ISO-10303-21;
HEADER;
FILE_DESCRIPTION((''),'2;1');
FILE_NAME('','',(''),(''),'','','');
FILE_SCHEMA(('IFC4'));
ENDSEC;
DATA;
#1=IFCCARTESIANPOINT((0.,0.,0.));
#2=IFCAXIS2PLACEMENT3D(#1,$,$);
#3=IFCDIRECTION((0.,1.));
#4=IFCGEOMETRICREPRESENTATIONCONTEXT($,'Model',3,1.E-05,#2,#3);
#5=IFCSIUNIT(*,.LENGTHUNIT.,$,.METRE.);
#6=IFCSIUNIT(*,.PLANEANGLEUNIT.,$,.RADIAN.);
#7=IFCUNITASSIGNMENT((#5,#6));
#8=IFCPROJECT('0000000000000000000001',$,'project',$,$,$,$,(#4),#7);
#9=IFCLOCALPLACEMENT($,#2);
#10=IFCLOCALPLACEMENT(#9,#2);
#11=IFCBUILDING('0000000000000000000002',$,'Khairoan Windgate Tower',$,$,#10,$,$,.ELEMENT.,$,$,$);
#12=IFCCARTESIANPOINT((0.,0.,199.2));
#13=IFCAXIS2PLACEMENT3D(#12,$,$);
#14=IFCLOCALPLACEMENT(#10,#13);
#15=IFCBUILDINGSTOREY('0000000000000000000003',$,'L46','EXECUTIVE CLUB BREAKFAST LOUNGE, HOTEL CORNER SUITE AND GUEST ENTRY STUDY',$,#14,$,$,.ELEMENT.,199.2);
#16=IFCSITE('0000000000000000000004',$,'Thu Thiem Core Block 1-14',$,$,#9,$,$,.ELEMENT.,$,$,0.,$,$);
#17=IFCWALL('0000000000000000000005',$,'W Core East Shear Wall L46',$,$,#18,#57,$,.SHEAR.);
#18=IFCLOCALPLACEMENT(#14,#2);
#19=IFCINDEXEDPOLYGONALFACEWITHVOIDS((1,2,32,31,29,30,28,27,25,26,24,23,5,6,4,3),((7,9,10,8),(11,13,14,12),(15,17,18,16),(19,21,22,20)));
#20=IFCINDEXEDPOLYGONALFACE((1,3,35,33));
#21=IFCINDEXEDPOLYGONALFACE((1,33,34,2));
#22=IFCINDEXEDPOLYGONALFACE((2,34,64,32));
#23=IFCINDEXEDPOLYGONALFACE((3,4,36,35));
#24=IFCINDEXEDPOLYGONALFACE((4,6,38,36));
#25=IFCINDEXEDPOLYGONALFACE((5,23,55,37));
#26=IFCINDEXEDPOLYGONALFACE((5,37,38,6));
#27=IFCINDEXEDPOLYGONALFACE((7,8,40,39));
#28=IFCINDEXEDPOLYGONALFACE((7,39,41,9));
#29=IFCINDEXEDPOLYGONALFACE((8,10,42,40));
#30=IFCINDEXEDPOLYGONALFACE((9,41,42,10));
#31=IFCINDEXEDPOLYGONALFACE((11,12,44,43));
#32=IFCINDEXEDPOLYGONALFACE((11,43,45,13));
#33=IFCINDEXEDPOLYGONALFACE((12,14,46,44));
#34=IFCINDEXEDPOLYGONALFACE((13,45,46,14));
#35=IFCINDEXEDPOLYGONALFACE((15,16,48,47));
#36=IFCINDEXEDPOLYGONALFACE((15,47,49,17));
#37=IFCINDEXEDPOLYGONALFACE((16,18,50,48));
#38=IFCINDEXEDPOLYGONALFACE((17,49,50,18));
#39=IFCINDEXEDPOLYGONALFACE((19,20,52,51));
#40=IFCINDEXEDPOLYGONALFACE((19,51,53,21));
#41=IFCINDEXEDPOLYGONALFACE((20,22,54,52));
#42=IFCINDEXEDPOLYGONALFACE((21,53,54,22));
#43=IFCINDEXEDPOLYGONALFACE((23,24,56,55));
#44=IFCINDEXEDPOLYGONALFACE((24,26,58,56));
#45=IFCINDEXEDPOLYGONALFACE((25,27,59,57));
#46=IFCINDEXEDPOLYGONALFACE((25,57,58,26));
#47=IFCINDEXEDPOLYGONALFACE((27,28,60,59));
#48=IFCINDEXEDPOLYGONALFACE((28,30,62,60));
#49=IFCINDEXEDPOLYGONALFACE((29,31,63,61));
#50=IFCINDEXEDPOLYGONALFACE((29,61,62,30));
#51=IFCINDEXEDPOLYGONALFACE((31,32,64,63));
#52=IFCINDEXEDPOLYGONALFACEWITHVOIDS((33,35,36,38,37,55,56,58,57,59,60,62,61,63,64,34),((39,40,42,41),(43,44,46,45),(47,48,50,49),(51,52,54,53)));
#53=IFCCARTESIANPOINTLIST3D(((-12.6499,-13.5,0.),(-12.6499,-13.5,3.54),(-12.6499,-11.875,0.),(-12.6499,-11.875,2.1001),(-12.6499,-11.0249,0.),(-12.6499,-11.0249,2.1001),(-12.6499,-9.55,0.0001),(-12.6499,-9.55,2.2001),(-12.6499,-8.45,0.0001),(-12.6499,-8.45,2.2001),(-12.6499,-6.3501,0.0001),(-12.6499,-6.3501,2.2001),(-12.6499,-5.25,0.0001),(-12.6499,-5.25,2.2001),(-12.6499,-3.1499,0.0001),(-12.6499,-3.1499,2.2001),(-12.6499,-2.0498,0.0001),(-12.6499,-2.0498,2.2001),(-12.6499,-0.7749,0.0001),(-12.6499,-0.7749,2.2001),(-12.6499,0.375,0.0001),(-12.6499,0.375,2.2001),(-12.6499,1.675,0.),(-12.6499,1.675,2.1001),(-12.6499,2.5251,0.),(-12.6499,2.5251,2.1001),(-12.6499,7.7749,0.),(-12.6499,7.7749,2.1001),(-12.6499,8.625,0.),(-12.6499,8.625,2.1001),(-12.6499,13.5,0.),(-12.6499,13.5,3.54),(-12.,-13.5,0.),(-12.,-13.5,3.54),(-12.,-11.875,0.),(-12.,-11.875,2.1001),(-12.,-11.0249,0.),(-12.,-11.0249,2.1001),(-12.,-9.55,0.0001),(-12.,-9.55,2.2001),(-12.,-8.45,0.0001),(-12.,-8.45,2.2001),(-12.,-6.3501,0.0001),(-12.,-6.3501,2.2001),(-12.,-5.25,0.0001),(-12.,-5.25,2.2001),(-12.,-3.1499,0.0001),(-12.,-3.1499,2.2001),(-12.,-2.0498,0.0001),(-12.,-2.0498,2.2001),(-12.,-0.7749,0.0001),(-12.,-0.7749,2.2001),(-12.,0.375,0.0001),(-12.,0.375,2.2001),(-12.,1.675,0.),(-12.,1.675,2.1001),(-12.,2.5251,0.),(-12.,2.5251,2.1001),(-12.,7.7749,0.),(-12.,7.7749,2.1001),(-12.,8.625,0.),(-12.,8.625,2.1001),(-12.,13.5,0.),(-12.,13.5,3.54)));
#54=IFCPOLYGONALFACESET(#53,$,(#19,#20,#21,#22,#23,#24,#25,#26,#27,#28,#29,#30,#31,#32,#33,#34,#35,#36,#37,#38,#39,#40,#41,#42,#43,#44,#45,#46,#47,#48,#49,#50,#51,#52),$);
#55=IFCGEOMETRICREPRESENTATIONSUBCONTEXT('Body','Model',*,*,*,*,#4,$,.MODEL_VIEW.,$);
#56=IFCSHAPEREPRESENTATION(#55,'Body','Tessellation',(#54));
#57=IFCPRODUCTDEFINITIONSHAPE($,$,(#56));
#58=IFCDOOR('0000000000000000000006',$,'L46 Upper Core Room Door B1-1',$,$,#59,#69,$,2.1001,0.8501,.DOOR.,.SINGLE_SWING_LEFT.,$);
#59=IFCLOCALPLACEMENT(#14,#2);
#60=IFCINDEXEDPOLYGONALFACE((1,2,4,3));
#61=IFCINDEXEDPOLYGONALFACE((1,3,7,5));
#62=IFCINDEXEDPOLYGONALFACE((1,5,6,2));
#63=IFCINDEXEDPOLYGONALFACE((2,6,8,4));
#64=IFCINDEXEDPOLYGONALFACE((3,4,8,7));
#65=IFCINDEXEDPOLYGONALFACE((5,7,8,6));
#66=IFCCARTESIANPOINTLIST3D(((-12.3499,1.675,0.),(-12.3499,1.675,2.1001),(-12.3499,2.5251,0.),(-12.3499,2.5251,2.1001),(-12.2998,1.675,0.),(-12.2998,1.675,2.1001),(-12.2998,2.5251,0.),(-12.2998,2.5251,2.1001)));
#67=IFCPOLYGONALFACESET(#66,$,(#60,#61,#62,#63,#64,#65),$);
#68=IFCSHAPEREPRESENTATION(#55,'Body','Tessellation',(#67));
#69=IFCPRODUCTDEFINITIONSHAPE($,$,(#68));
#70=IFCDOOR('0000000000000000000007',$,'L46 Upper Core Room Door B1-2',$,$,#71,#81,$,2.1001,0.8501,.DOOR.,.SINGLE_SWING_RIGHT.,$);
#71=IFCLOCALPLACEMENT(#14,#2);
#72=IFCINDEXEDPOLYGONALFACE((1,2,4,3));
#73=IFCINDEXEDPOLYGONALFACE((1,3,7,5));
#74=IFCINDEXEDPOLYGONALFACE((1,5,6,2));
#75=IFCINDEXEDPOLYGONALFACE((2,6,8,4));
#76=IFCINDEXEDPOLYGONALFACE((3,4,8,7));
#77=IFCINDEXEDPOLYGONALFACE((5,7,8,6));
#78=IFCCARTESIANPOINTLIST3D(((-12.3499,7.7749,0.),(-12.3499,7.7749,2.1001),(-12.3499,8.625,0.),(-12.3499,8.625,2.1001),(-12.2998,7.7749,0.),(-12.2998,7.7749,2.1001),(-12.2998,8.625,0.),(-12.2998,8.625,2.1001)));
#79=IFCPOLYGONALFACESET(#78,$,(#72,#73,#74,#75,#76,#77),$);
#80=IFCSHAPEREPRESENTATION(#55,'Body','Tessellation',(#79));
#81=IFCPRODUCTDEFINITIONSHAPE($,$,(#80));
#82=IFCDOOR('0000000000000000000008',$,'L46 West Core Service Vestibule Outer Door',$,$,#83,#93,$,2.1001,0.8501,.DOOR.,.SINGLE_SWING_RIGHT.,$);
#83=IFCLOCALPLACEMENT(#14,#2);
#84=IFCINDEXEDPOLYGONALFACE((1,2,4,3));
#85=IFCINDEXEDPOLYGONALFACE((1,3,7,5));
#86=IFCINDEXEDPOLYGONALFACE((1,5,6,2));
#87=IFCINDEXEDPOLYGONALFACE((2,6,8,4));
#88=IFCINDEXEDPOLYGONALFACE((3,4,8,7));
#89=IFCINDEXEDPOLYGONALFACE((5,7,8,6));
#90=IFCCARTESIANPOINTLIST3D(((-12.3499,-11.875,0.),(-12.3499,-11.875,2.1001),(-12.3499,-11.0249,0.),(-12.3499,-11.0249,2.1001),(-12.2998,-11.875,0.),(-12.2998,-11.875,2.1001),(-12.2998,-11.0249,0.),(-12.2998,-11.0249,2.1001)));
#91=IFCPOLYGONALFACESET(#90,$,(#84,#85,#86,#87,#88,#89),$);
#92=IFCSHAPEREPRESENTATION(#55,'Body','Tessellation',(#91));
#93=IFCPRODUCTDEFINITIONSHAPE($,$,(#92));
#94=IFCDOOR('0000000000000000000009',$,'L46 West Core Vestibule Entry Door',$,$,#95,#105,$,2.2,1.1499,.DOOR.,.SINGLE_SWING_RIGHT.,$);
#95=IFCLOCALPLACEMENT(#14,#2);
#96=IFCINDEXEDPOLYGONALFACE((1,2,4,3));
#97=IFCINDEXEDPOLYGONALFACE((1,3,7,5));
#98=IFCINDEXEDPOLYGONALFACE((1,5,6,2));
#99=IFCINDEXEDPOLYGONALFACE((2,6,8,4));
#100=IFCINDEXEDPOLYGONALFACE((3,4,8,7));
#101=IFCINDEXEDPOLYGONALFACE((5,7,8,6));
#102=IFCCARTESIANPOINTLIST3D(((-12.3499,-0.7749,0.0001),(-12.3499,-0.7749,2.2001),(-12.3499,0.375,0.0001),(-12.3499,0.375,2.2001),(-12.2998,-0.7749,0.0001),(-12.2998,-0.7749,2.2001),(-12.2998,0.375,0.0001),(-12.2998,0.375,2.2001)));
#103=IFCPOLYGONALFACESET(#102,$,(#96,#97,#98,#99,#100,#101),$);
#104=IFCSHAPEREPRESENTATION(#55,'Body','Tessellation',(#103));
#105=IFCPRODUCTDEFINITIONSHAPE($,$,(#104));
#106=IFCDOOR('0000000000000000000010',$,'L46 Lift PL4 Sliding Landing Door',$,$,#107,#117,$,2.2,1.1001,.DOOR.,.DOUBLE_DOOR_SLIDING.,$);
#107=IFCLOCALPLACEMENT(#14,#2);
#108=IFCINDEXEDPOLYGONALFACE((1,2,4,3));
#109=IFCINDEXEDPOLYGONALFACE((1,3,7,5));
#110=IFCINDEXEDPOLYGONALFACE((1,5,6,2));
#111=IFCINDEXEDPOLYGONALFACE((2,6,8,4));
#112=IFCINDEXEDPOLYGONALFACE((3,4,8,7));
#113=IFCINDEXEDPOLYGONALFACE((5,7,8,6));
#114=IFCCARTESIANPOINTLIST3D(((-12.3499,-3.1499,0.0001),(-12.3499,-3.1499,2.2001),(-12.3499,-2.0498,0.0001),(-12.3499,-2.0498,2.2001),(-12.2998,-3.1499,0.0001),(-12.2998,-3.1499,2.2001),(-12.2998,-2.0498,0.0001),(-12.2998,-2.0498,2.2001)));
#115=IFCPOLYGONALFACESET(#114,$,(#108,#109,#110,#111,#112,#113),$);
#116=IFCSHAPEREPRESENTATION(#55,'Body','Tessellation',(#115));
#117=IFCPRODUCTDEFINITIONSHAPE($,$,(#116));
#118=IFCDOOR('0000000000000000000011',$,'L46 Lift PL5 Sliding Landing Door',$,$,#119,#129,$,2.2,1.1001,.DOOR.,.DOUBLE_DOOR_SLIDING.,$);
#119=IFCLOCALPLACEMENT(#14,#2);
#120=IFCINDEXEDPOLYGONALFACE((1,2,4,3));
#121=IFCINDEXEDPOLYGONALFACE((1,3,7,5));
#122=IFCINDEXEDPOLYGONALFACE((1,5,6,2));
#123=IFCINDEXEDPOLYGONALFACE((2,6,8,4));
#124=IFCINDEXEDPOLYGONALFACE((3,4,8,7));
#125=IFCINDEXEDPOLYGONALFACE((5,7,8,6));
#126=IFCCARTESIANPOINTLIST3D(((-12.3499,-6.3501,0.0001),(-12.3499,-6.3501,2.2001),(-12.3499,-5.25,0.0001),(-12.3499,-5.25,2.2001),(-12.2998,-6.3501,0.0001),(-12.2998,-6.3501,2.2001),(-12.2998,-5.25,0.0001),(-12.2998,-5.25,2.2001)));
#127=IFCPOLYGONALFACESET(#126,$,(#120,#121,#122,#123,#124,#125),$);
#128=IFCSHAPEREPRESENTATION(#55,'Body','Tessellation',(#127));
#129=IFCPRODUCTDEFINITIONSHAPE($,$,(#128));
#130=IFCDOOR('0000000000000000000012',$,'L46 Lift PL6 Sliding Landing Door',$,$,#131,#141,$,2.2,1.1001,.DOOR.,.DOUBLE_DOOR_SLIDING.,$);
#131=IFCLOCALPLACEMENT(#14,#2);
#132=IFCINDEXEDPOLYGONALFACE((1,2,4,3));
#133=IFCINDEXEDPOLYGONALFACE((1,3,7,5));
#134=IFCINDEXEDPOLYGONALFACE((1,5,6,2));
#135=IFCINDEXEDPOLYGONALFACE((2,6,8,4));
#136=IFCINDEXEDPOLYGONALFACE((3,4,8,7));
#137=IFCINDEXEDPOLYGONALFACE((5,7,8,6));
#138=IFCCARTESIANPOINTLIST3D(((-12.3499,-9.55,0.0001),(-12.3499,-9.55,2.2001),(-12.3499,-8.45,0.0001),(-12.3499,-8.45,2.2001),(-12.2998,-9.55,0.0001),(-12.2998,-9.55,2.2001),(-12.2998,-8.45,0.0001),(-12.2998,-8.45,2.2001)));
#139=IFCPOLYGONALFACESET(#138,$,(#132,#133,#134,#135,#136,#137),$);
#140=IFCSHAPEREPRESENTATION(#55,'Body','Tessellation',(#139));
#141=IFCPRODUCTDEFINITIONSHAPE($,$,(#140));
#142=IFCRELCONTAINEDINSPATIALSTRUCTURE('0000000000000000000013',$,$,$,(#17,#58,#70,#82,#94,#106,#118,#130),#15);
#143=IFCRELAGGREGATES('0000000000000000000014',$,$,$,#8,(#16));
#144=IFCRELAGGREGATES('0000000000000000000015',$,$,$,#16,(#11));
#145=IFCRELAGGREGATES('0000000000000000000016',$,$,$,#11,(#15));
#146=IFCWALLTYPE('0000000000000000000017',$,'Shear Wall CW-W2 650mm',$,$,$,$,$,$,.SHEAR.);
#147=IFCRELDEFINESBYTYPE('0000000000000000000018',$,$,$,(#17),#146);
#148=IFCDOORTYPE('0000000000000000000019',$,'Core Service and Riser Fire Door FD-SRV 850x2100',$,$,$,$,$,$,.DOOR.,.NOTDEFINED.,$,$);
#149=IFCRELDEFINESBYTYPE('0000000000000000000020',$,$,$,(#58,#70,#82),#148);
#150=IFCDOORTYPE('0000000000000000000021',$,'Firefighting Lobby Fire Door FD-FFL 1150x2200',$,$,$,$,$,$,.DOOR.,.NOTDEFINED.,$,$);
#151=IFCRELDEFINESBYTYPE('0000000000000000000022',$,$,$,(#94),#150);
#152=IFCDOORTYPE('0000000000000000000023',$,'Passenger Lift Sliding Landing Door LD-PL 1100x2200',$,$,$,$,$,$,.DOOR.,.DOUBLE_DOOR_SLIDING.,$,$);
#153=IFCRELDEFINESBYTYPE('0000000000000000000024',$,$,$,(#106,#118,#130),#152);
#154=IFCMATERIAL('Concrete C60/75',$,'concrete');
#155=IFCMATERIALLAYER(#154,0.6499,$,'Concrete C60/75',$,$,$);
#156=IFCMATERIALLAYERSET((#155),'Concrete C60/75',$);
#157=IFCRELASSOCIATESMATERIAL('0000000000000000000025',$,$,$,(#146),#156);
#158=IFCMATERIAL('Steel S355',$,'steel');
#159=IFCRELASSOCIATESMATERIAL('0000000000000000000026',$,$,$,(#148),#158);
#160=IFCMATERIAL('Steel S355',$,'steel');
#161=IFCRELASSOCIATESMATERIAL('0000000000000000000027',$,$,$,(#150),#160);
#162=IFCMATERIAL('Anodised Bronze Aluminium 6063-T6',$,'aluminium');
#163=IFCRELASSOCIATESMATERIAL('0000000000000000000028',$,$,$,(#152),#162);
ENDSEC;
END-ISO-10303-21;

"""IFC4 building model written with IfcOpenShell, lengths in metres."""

from ifc_helpers import new_model, si_unit, direction, frame, frame_2d, origin, place, context, subcontext, project, spatial, rectangle, extrude, material, layer, layer_set, type_object, element, fill, save


model = new_model("IFC4")

# Units and contexts
model_context = context("Model", 3, precision=1e-05, world=origin(), true_north=direction((0.0, 1.0)))
body_context = subcontext(model_context, "Body", "Model", "MODEL_VIEW")
ifc_project = project(units=[si_unit("LENGTHUNIT", "METRE"), si_unit("PLANEANGLEUNIT", "RADIAN")], contexts=[model_context])

# Site, building, storey
site_placement = place(None, origin())
site = spatial("IfcSite", under=ifc_project, at=site_placement, Name="Thu Thiem Core Block 1-14", CompositionType="ELEMENT", RefElevation=0.0)
building_placement = place(site_placement, origin())
building = spatial("IfcBuilding", under=site, at=building_placement, Name="Khairoan Windgate Tower", CompositionType="ELEMENT")
storey_placement = place(building_placement, frame((0.0, 0.0, 199.2)))
storey = spatial("IfcBuildingStorey", under=building, at=storey_placement, Name="L46", Description="EXECUTIVE CLUB BREAKFAST LOUNGE, HOTEL CORNER SUITE AND GUEST ENTRY STUDY", CompositionType="ELEMENT", Elevation=199.2)

# Wall, openings, doors
ifc_material_1 = material(Name="Concrete C60/75", Category="concrete")
ifc_layer_1 = layer(ifc_material_1, 0.6499, Name="Concrete C60/75")
ifc_layer_set_1 = layer_set([ifc_layer_1], Name="Concrete C60/75")
wall_type_1 = type_object("IfcWallType", Name="Shear Wall CW-W2 650mm", PredefinedType="SHEAR", material=ifc_layer_set_1)
wall_1_placement = place(storey_placement, frame((-12.325, -13.5, 0.0), z_axis=(0.0, 0.0, 1.0), x_axis=(0.0, 1.0, 0.0)))
wall_1 = element("IfcWall", 1, at=wall_1_placement, inside=storey, type_object=wall_type_1, Name="W Core East Shear Wall L46", PredefinedType="SHEAR", context=body_context, shape_type="SweptSolid", body=[
    extrude(rectangle(XDim=27.0, YDim=0.6499, at=frame_2d((13.5, 0.0))), origin(), (0.0, 0.0, 1.0), 3.54),
])
opening_1_placement = place(wall_1_placement, frame((10.3501, 0.0, 0.0)))
opening_1 = element("IfcOpeningElement", 2, at=opening_1_placement, cuts=wall_1, PredefinedType="OPENING", context=body_context, shape_type="SweptSolid", body=[
    extrude(rectangle(XDim=1.1001, YDim=2.2, at=frame_2d((0.55, 1.1001))), frame((0.0, 0.335, 0.0), z_axis=(0.0, -1.0, 0.0), x_axis=(1.0, 0.0, 0.0)), (0.0, 0.0, 1.0), 0.6699),
])
opening_2_placement = place(wall_1_placement, frame((7.1499, 0.0, 0.0)))
opening_2 = element("IfcOpeningElement", 3, at=opening_2_placement, cuts=wall_1, PredefinedType="OPENING", context=body_context, shape_type="SweptSolid", body=[
    extrude(rectangle(XDim=1.1001, YDim=2.2, at=frame_2d((0.55, 1.1001))), frame((0.0, 0.335, 0.0), z_axis=(0.0, -1.0, 0.0), x_axis=(1.0, 0.0, 0.0)), (0.0, 0.0, 1.0), 0.6699),
])
opening_3_placement = place(wall_1_placement, frame((3.95, 0.0, 0.0)))
opening_3 = element("IfcOpeningElement", 4, at=opening_3_placement, cuts=wall_1, PredefinedType="OPENING", context=body_context, shape_type="SweptSolid", body=[
    extrude(rectangle(XDim=1.1001, YDim=2.2, at=frame_2d((0.55, 1.1001))), frame((0.0, 0.335, 0.0), z_axis=(0.0, -1.0, 0.0), x_axis=(1.0, 0.0, 0.0)), (0.0, 0.0, 1.0), 0.6699),
])
opening_4_placement = place(wall_1_placement, frame((15.175, 0.0, 0.0)))
opening_4 = element("IfcOpeningElement", 5, at=opening_4_placement, cuts=wall_1, PredefinedType="OPENING", context=body_context, shape_type="SweptSolid", body=[
    extrude(rectangle(XDim=0.8501, YDim=2.1001, at=frame_2d((0.425, 1.05))), frame((0.0, 0.335, 0.0), z_axis=(0.0, -1.0, 0.0), x_axis=(1.0, 0.0, 0.0)), (0.0, 0.0, 1.0), 0.6699),
])
opening_5_placement = place(wall_1_placement, frame((21.2749, 0.0, 0.0)))
opening_5 = element("IfcOpeningElement", 6, at=opening_5_placement, cuts=wall_1, PredefinedType="OPENING", context=body_context, shape_type="SweptSolid", body=[
    extrude(rectangle(XDim=0.8501, YDim=2.1001, at=frame_2d((0.425, 1.05))), frame((0.0, 0.335, 0.0), z_axis=(0.0, -1.0, 0.0), x_axis=(1.0, 0.0, 0.0)), (0.0, 0.0, 1.0), 0.6699),
])
opening_6_placement = place(wall_1_placement, frame((12.7251, 0.0, 0.0)))
opening_6 = element("IfcOpeningElement", 7, at=opening_6_placement, cuts=wall_1, PredefinedType="OPENING", context=body_context, shape_type="SweptSolid", body=[
    extrude(rectangle(XDim=1.1499, YDim=2.2, at=frame_2d((0.575, 1.1001))), frame((0.0, 0.335, 0.0), z_axis=(0.0, -1.0, 0.0), x_axis=(1.0, 0.0, 0.0)), (0.0, 0.0, 1.0), 0.6699),
])
opening_7_placement = place(wall_1_placement, frame((1.625, 0.0, 0.0)))
opening_7 = element("IfcOpeningElement", 8, at=opening_7_placement, cuts=wall_1, PredefinedType="OPENING", context=body_context, shape_type="SweptSolid", body=[
    extrude(rectangle(XDim=0.8501, YDim=2.1001, at=frame_2d((0.425, 1.05))), frame((0.0, 0.335, 0.0), z_axis=(0.0, -1.0, 0.0), x_axis=(1.0, 0.0, 0.0)), (0.0, 0.0, 1.0), 0.6699),
])
ifc_material_2 = material(Name="Steel S355", Category="steel")
door_type_1 = type_object("IfcDoorType", Name="Core Service and Riser Fire Door FD-SRV 850x2100", OperationType="NOTDEFINED", PredefinedType="DOOR", material=ifc_material_2)
door_1_placement = place(opening_4_placement, origin())
door_1 = element("IfcDoor", 9, at=door_1_placement, inside=storey, type_object=door_type_1, Name="L46 Upper Core Room Door B1-1", OperationType="SINGLE_SWING_LEFT", OverallHeight=2.1001, OverallWidth=0.8501, PredefinedType="DOOR", context=body_context, shape_type="SweptSolid", body=[
    extrude(rectangle(XDim=0.8501, YDim=2.1001, at=frame_2d((0.425, 1.05))), frame((0.0, 0.0249, 0.0), z_axis=(0.0, -1.0, 0.0), x_axis=(1.0, 0.0, 0.0)), (0.0, 0.0, 1.0), 0.05),
])
fill(opening_4, door_1)
door_2_placement = place(opening_5_placement, origin())
door_2 = element("IfcDoor", 10, at=door_2_placement, inside=storey, type_object=door_type_1, Name="L46 Upper Core Room Door B1-2", OperationType="SINGLE_SWING_RIGHT", OverallHeight=2.1001, OverallWidth=0.8501, PredefinedType="DOOR", context=body_context, shape_type="SweptSolid", body=[
    extrude(rectangle(XDim=0.8501, YDim=2.1001, at=frame_2d((0.425, 1.05))), frame((0.0, 0.0249, 0.0), z_axis=(0.0, -1.0, 0.0), x_axis=(1.0, 0.0, 0.0)), (0.0, 0.0, 1.0), 0.05),
])
fill(opening_5, door_2)
door_3_placement = place(opening_7_placement, origin())
door_3 = element("IfcDoor", 11, at=door_3_placement, inside=storey, type_object=door_type_1, Name="L46 West Core Service Vestibule Outer Door", OperationType="SINGLE_SWING_RIGHT", OverallHeight=2.1001, OverallWidth=0.8501, PredefinedType="DOOR", context=body_context, shape_type="SweptSolid", body=[
    extrude(rectangle(XDim=0.8501, YDim=2.1001, at=frame_2d((0.425, 1.05))), frame((0.0, 0.0249, 0.0), z_axis=(0.0, -1.0, 0.0), x_axis=(1.0, 0.0, 0.0)), (0.0, 0.0, 1.0), 0.05),
])
fill(opening_7, door_3)
ifc_material_3 = material(Name="Steel S355", Category="steel")
door_type_2 = type_object("IfcDoorType", Name="Firefighting Lobby Fire Door FD-FFL 1150x2200", OperationType="NOTDEFINED", PredefinedType="DOOR", material=ifc_material_3)
door_4_placement = place(opening_6_placement, origin())
door_4 = element("IfcDoor", 12, at=door_4_placement, inside=storey, type_object=door_type_2, Name="L46 West Core Vestibule Entry Door", OperationType="SINGLE_SWING_RIGHT", OverallHeight=2.2, OverallWidth=1.1499, PredefinedType="DOOR", context=body_context, shape_type="SweptSolid", body=[
    extrude(rectangle(XDim=1.1499, YDim=2.2, at=frame_2d((0.575, 1.1001))), frame((0.0, 0.0249, 0.0), z_axis=(0.0, -1.0, 0.0), x_axis=(1.0, 0.0, 0.0)), (0.0, 0.0, 1.0), 0.05),
])
fill(opening_6, door_4)
ifc_material_4 = material(Name="Anodised Bronze Aluminium 6063-T6", Category="aluminium")
door_type_3 = type_object("IfcDoorType", Name="Passenger Lift Sliding Landing Door LD-PL 1100x2200", OperationType="DOUBLE_DOOR_SLIDING", PredefinedType="DOOR", material=ifc_material_4)
door_5_placement = place(opening_1_placement, origin())
door_5 = element("IfcDoor", 13, at=door_5_placement, inside=storey, type_object=door_type_3, Name="L46 Lift PL4 Sliding Landing Door", OperationType="DOUBLE_DOOR_SLIDING", OverallHeight=2.2, OverallWidth=1.1001, PredefinedType="DOOR", context=body_context, shape_type="SweptSolid", body=[
    extrude(rectangle(XDim=1.1001, YDim=2.2, at=frame_2d((0.55, 1.1001))), frame((0.0, 0.0249, 0.0), z_axis=(0.0, -1.0, 0.0), x_axis=(1.0, 0.0, 0.0)), (0.0, 0.0, 1.0), 0.05),
])
fill(opening_1, door_5)
door_6_placement = place(opening_2_placement, origin())
door_6 = element("IfcDoor", 14, at=door_6_placement, inside=storey, type_object=door_type_3, Name="L46 Lift PL5 Sliding Landing Door", OperationType="DOUBLE_DOOR_SLIDING", OverallHeight=2.2, OverallWidth=1.1001, PredefinedType="DOOR", context=body_context, shape_type="SweptSolid", body=[
    extrude(rectangle(XDim=1.1001, YDim=2.2, at=frame_2d((0.55, 1.1001))), frame((0.0, 0.0249, 0.0), z_axis=(0.0, -1.0, 0.0), x_axis=(1.0, 0.0, 0.0)), (0.0, 0.0, 1.0), 0.05),
])
fill(opening_2, door_6)
door_7_placement = place(opening_3_placement, origin())
door_7 = element("IfcDoor", 15, at=door_7_placement, inside=storey, type_object=door_type_3, Name="L46 Lift PL6 Sliding Landing Door", OperationType="DOUBLE_DOOR_SLIDING", OverallHeight=2.2, OverallWidth=1.1001, PredefinedType="DOOR", context=body_context, shape_type="SweptSolid", body=[
    extrude(rectangle(XDim=1.1001, YDim=2.2, at=frame_2d((0.55, 1.1001))), frame((0.0, 0.0249, 0.0), z_axis=(0.0, -1.0, 0.0), x_axis=(1.0, 0.0, 0.0)), (0.0, 0.0, 1.0), 0.05),
])
fill(opening_3, door_7)

save(model, "model.ifc")
